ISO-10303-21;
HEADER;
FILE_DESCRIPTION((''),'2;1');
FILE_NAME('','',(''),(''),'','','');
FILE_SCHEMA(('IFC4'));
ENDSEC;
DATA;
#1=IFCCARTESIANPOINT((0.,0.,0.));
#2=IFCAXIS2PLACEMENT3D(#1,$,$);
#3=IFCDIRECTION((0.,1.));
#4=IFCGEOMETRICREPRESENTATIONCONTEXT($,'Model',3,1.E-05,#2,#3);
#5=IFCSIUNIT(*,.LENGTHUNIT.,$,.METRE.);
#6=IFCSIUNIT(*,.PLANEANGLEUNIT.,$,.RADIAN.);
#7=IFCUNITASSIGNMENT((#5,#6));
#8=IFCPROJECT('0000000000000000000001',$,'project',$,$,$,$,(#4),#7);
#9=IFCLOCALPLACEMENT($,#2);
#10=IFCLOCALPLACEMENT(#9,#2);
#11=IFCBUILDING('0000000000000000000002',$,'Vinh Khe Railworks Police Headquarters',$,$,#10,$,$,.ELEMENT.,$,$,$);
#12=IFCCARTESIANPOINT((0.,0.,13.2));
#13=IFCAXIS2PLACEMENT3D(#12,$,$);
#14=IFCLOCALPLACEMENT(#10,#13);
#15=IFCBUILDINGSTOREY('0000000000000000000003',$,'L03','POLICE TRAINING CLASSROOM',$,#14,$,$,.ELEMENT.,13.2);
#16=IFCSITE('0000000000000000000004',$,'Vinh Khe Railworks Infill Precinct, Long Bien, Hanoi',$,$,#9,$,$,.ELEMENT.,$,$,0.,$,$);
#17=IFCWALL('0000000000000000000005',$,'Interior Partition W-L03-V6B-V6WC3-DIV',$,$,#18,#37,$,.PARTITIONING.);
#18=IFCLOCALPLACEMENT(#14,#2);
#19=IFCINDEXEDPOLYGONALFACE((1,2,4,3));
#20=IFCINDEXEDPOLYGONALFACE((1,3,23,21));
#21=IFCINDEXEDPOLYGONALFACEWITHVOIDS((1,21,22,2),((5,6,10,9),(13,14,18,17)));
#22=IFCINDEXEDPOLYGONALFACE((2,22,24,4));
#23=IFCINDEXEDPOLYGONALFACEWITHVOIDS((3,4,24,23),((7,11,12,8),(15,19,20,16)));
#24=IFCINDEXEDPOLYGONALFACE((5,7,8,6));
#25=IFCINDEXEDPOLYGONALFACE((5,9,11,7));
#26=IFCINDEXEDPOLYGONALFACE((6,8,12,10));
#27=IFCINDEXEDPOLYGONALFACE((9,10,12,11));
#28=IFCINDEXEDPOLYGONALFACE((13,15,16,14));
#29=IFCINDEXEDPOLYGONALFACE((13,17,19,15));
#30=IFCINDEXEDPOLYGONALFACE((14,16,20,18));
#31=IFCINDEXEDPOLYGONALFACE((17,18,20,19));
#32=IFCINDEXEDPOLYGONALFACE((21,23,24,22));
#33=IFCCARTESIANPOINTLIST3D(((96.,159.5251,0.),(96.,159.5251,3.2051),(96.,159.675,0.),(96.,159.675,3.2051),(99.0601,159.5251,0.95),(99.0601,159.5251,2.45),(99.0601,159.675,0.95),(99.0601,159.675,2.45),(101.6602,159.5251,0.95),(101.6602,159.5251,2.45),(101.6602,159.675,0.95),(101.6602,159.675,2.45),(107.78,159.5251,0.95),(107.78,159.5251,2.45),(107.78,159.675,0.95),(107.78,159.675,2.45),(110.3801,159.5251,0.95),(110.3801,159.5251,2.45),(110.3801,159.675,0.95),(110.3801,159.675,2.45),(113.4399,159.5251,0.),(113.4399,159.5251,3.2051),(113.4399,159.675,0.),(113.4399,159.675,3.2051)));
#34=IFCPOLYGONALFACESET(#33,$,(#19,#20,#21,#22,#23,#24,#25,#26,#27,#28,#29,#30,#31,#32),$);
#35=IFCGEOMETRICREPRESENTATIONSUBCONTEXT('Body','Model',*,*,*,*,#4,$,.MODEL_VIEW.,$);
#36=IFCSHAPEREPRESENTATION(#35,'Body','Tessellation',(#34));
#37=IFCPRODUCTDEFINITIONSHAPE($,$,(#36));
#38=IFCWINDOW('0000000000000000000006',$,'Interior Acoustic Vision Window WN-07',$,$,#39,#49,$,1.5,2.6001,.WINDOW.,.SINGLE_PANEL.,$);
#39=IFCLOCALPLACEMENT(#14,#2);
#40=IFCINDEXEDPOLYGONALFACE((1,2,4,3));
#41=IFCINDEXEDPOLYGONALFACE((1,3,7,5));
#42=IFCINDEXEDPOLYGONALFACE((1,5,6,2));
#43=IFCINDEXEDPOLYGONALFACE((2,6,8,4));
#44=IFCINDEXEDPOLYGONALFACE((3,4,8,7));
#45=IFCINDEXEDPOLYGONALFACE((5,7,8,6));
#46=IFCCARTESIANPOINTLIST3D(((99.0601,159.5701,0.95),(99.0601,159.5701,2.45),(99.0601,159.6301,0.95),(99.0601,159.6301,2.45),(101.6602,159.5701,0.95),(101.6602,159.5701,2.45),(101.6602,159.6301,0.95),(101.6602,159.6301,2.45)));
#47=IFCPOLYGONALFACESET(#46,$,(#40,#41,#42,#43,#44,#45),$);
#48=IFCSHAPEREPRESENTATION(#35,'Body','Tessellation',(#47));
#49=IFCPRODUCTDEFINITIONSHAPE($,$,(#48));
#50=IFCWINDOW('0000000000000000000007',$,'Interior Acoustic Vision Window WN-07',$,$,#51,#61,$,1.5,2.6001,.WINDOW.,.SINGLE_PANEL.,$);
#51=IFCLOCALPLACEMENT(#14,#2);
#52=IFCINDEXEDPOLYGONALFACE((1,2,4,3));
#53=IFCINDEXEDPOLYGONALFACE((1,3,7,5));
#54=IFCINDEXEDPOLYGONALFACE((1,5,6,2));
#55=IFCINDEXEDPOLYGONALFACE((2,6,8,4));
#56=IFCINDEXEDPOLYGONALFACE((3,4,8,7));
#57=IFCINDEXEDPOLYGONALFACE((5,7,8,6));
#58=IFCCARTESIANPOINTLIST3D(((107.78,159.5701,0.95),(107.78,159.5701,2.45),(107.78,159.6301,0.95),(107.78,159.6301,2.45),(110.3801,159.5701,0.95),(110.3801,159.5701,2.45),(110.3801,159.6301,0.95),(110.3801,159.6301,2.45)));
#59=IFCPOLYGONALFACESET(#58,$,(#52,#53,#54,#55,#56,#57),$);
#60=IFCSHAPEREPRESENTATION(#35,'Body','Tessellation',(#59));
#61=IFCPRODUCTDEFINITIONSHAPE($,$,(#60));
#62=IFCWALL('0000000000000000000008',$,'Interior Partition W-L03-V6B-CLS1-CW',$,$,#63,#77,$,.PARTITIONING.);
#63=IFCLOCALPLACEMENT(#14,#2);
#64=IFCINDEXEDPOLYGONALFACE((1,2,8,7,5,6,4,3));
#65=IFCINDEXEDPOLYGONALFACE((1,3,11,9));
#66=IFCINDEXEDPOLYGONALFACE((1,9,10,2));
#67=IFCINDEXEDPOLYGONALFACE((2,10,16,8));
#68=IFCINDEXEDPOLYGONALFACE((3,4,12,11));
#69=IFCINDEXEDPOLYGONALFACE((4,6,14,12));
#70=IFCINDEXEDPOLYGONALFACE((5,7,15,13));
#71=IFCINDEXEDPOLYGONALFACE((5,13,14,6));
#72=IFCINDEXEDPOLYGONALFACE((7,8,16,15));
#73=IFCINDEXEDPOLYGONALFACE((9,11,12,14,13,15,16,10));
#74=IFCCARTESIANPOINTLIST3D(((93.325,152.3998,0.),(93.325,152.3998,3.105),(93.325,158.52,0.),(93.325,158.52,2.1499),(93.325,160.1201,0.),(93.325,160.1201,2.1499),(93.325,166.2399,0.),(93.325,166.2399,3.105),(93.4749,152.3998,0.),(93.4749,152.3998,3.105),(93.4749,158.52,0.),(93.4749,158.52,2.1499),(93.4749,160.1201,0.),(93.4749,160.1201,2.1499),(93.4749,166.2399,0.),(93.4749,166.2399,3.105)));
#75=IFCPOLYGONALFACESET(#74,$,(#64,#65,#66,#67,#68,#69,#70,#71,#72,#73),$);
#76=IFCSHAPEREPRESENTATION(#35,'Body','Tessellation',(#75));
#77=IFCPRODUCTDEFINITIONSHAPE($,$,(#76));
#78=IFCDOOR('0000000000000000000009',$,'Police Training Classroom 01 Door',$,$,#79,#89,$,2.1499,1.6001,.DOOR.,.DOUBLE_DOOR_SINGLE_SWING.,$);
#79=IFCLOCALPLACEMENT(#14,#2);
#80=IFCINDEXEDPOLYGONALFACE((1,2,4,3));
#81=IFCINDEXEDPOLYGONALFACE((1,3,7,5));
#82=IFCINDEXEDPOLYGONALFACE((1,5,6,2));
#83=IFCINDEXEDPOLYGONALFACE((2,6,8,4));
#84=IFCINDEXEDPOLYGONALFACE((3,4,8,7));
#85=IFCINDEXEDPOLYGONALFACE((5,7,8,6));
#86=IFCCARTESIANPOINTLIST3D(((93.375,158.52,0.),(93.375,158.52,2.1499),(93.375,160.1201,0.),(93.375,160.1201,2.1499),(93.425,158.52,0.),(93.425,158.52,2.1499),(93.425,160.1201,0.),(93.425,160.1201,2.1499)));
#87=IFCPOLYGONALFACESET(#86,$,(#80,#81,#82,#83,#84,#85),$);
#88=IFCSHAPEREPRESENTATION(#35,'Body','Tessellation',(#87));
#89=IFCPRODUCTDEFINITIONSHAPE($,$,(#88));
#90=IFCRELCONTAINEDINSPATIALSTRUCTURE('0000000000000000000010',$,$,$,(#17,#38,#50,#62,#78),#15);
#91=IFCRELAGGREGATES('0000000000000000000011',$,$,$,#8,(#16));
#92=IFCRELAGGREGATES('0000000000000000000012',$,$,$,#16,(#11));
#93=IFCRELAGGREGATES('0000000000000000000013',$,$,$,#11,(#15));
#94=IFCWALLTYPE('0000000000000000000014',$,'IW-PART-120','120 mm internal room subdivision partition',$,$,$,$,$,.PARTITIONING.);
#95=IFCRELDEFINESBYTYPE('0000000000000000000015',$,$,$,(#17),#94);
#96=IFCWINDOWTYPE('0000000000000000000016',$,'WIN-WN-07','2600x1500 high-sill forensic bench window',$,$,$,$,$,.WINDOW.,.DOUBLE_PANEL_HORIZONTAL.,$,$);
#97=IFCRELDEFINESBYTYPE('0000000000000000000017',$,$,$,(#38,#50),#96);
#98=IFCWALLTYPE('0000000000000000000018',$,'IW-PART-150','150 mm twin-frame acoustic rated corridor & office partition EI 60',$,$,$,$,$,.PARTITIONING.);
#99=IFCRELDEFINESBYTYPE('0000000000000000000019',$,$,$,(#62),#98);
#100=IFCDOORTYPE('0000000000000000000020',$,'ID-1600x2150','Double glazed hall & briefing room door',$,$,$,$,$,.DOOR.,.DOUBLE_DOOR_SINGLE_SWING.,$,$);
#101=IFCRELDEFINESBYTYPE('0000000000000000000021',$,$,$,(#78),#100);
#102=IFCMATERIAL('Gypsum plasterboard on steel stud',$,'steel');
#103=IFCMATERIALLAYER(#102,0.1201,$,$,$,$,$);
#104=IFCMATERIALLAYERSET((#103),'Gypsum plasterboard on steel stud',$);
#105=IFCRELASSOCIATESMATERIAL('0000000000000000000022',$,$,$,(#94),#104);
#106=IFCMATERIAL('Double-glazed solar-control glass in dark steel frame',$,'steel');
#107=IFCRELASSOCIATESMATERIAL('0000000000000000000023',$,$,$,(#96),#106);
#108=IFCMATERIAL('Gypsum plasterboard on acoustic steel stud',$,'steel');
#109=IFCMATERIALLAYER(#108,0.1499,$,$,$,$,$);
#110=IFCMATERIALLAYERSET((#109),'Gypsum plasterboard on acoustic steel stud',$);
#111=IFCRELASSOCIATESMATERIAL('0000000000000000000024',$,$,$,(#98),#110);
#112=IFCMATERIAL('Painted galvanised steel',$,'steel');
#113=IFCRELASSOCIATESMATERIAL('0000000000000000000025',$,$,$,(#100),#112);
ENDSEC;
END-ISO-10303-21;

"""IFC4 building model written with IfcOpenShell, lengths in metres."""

from ifc_helpers import new_model, si_unit, direction, frame, frame_2d, origin, place, context, subcontext, project, spatial, rectangle, extrude, material, layer, layer_set, type_object, element, fill, save


model = new_model("IFC4")

# Units and contexts
model_context = context("Model", 3, precision=1e-05, world=origin(), true_north=direction((0.0, 1.0)))
body_context = subcontext(model_context, "Body", "Model", "MODEL_VIEW")
ifc_project = project(units=[si_unit("LENGTHUNIT", "METRE"), si_unit("PLANEANGLEUNIT", "RADIAN")], contexts=[model_context])

# Site, building, storey
site_placement = place(None, origin())
site = spatial("IfcSite", under=ifc_project, at=site_placement, Name="Vinh Khe Railworks Infill Precinct, Long Bien, Hanoi", CompositionType="ELEMENT", RefElevation=0.0)
building_placement = place(site_placement, origin())
building = spatial("IfcBuilding", under=site, at=building_placement, Name="Vinh Khe Railworks Police Headquarters", CompositionType="ELEMENT")
storey_placement = place(building_placement, frame((0.0, 0.0, 13.2)))
storey = spatial("IfcBuildingStorey", under=building, at=storey_placement, Name="L03", Description="POLICE TRAINING CLASSROOM", CompositionType="ELEMENT", Elevation=13.2)

# Shared definitions
ifc_material_1 = material(Name="Double-glazed solar-control glass in dark steel frame", Category="steel")
ifc_material_2 = material(Name="Gypsum plasterboard on steel stud", Category="steel")
ifc_layer_1 = layer(ifc_material_2, 0.1201)
ifc_layer_set_1 = layer_set([ifc_layer_1], Name="Gypsum plasterboard on steel stud")
wall_type_1 = type_object("IfcWallType", Name="IW-PART-120", Description="120 mm internal room subdivision partition", PredefinedType="PARTITIONING", material=ifc_layer_set_1)
window_type_1 = type_object("IfcWindowType", Name="WIN-WN-07", Description="2600x1500 high-sill forensic bench window", PartitioningType="DOUBLE_PANEL_HORIZONTAL", PredefinedType="WINDOW", material=ifc_material_1)

# Wall, openings, windows
wall_1_placement = place(storey_placement, frame((96.0, 159.6001, 0.0), z_axis=(0.0, 0.0, 1.0), x_axis=(1.0, 0.0, 0.0)))
wall_1 = element("IfcWall", 1, at=wall_1_placement, inside=storey, type_object=wall_type_1, Name="Interior Partition W-L03-V6B-V6WC3-DIV", PredefinedType="PARTITIONING", context=body_context, shape_type="SweptSolid", body=[
    extrude(rectangle(XDim=17.4399, YDim=0.1499, at=frame_2d((8.72, 0.0))), origin(), (0.0, 0.0, 1.0), 3.2051),
])
opening_1_placement = place(wall_1_placement, frame((3.0601, 0.0, 0.95)))
opening_1 = element("IfcOpeningElement", 2, at=opening_1_placement, cuts=wall_1, PredefinedType="OPENING", context=body_context, shape_type="SweptSolid", body=[
    extrude(rectangle(XDim=2.6001, YDim=1.5, at=frame_2d((1.3, 0.75))), frame((0.0, 0.0898, 0.0), z_axis=(0.0, -1.0, 0.0), x_axis=(1.0, 0.0, 0.0)), (0.0, 0.0, 1.0), 0.1797),
])
opening_2_placement = place(wall_1_placement, frame((11.78, 0.0, 0.95)))
opening_2 = element("IfcOpeningElement", 3, at=opening_2_placement, cuts=wall_1, PredefinedType="OPENING", context=body_context, shape_type="SweptSolid", body=[
    extrude(rectangle(XDim=2.6001, YDim=1.5, at=frame_2d((1.3, 0.75))), frame((0.0, 0.0898, 0.0), z_axis=(0.0, -1.0, 0.0), x_axis=(1.0, 0.0, 0.0)), (0.0, 0.0, 1.0), 0.1797),
])
window_1_placement = place(opening_1_placement, origin())
window_1 = element("IfcWindow", 4, at=window_1_placement, inside=storey, type_object=window_type_1, Name="Interior Acoustic Vision Window WN-07", OverallHeight=1.5, OverallWidth=2.6001, PartitioningType="SINGLE_PANEL", PredefinedType="WINDOW", context=body_context, shape_type="SweptSolid", body=[
    extrude(rectangle(XDim=2.6001, YDim=1.5, at=frame_2d((1.3, 0.75))), frame((0.0, 0.03, 0.0), z_axis=(0.0, -1.0, 0.0), x_axis=(1.0, 0.0, 0.0)), (0.0, 0.0, 1.0), 0.0601),
])
fill(opening_1, window_1)
window_2_placement = place(opening_2_placement, origin())
window_2 = element("IfcWindow", 5, at=window_2_placement, inside=storey, type_object=window_type_1, Name="Interior Acoustic Vision Window WN-07", OverallHeight=1.5, OverallWidth=2.6001, PartitioningType="SINGLE_PANEL", PredefinedType="WINDOW", context=body_context, shape_type="SweptSolid", body=[
    extrude(rectangle(XDim=2.6001, YDim=1.5, at=frame_2d((1.3, 0.75))), frame((0.0, 0.03, 0.0), z_axis=(0.0, -1.0, 0.0), x_axis=(1.0, 0.0, 0.0)), (0.0, 0.0, 1.0), 0.0601),
])
fill(opening_2, window_2)

# Wall, opening, door
ifc_material_3 = material(Name="Gypsum plasterboard on acoustic steel stud", Category="steel")
ifc_layer_2 = layer(ifc_material_3, 0.1499)
ifc_layer_set_2 = layer_set([ifc_layer_2], Name="Gypsum plasterboard on acoustic steel stud")
wall_type_2 = type_object("IfcWallType", Name="IW-PART-150", Description="150 mm twin-frame acoustic rated corridor & office partition EI 60", PredefinedType="PARTITIONING", material=ifc_layer_set_2)
wall_2_placement = place(storey_placement, frame((93.3999, 152.3999, 0.0), z_axis=(0.0, 0.0, 1.0), x_axis=(0.0, 1.0, 0.0)))
wall_2 = element("IfcWall", 6, at=wall_2_placement, inside=storey, type_object=wall_type_2, Name="Interior Partition W-L03-V6B-CLS1-CW", PredefinedType="PARTITIONING", context=body_context, shape_type="SweptSolid", body=[
    extrude(rectangle(XDim=13.8401, YDim=0.1499, at=frame_2d((6.9199, 0.0))), origin(), (0.0, 0.0, 1.0), 3.105),
])
opening_3_placement = place(wall_2_placement, frame((6.1201, 0.0, 0.0)))
opening_3 = element("IfcOpeningElement", 7, at=opening_3_placement, cuts=wall_2, PredefinedType="OPENING", context=body_context, shape_type="SweptSolid", body=[
    extrude(rectangle(XDim=1.6001, YDim=2.1499, at=frame_2d((0.8, 1.075))), frame((0.0, 0.0898, 0.0), z_axis=(0.0, -1.0, 0.0), x_axis=(1.0, 0.0, 0.0)), (0.0, 0.0, 1.0), 0.1797),
])
ifc_material_4 = material(Name="Painted galvanised steel", Category="steel")
door_type_1 = type_object("IfcDoorType", Name="ID-1600x2150", Description="Double glazed hall & briefing room door", OperationType="DOUBLE_DOOR_SINGLE_SWING", PredefinedType="DOOR", material=ifc_material_4)
door_1_placement = place(opening_3_placement, origin())
door_1 = element("IfcDoor", 8, at=door_1_placement, inside=storey, type_object=door_type_1, Name="Police Training Classroom 01 Door", OperationType="DOUBLE_DOOR_SINGLE_SWING", OverallHeight=2.1499, OverallWidth=1.6001, PredefinedType="DOOR", context=body_context, shape_type="SweptSolid", body=[
    extrude(rectangle(XDim=1.6001, YDim=2.1499, at=frame_2d((0.8, 1.075))), frame((0.0, 0.0249, 0.0), z_axis=(0.0, -1.0, 0.0), x_axis=(1.0, 0.0, 0.0)), (0.0, 0.0, 1.0), 0.05),
])
fill(opening_3, door_1)

save(model, "model.ifc")
